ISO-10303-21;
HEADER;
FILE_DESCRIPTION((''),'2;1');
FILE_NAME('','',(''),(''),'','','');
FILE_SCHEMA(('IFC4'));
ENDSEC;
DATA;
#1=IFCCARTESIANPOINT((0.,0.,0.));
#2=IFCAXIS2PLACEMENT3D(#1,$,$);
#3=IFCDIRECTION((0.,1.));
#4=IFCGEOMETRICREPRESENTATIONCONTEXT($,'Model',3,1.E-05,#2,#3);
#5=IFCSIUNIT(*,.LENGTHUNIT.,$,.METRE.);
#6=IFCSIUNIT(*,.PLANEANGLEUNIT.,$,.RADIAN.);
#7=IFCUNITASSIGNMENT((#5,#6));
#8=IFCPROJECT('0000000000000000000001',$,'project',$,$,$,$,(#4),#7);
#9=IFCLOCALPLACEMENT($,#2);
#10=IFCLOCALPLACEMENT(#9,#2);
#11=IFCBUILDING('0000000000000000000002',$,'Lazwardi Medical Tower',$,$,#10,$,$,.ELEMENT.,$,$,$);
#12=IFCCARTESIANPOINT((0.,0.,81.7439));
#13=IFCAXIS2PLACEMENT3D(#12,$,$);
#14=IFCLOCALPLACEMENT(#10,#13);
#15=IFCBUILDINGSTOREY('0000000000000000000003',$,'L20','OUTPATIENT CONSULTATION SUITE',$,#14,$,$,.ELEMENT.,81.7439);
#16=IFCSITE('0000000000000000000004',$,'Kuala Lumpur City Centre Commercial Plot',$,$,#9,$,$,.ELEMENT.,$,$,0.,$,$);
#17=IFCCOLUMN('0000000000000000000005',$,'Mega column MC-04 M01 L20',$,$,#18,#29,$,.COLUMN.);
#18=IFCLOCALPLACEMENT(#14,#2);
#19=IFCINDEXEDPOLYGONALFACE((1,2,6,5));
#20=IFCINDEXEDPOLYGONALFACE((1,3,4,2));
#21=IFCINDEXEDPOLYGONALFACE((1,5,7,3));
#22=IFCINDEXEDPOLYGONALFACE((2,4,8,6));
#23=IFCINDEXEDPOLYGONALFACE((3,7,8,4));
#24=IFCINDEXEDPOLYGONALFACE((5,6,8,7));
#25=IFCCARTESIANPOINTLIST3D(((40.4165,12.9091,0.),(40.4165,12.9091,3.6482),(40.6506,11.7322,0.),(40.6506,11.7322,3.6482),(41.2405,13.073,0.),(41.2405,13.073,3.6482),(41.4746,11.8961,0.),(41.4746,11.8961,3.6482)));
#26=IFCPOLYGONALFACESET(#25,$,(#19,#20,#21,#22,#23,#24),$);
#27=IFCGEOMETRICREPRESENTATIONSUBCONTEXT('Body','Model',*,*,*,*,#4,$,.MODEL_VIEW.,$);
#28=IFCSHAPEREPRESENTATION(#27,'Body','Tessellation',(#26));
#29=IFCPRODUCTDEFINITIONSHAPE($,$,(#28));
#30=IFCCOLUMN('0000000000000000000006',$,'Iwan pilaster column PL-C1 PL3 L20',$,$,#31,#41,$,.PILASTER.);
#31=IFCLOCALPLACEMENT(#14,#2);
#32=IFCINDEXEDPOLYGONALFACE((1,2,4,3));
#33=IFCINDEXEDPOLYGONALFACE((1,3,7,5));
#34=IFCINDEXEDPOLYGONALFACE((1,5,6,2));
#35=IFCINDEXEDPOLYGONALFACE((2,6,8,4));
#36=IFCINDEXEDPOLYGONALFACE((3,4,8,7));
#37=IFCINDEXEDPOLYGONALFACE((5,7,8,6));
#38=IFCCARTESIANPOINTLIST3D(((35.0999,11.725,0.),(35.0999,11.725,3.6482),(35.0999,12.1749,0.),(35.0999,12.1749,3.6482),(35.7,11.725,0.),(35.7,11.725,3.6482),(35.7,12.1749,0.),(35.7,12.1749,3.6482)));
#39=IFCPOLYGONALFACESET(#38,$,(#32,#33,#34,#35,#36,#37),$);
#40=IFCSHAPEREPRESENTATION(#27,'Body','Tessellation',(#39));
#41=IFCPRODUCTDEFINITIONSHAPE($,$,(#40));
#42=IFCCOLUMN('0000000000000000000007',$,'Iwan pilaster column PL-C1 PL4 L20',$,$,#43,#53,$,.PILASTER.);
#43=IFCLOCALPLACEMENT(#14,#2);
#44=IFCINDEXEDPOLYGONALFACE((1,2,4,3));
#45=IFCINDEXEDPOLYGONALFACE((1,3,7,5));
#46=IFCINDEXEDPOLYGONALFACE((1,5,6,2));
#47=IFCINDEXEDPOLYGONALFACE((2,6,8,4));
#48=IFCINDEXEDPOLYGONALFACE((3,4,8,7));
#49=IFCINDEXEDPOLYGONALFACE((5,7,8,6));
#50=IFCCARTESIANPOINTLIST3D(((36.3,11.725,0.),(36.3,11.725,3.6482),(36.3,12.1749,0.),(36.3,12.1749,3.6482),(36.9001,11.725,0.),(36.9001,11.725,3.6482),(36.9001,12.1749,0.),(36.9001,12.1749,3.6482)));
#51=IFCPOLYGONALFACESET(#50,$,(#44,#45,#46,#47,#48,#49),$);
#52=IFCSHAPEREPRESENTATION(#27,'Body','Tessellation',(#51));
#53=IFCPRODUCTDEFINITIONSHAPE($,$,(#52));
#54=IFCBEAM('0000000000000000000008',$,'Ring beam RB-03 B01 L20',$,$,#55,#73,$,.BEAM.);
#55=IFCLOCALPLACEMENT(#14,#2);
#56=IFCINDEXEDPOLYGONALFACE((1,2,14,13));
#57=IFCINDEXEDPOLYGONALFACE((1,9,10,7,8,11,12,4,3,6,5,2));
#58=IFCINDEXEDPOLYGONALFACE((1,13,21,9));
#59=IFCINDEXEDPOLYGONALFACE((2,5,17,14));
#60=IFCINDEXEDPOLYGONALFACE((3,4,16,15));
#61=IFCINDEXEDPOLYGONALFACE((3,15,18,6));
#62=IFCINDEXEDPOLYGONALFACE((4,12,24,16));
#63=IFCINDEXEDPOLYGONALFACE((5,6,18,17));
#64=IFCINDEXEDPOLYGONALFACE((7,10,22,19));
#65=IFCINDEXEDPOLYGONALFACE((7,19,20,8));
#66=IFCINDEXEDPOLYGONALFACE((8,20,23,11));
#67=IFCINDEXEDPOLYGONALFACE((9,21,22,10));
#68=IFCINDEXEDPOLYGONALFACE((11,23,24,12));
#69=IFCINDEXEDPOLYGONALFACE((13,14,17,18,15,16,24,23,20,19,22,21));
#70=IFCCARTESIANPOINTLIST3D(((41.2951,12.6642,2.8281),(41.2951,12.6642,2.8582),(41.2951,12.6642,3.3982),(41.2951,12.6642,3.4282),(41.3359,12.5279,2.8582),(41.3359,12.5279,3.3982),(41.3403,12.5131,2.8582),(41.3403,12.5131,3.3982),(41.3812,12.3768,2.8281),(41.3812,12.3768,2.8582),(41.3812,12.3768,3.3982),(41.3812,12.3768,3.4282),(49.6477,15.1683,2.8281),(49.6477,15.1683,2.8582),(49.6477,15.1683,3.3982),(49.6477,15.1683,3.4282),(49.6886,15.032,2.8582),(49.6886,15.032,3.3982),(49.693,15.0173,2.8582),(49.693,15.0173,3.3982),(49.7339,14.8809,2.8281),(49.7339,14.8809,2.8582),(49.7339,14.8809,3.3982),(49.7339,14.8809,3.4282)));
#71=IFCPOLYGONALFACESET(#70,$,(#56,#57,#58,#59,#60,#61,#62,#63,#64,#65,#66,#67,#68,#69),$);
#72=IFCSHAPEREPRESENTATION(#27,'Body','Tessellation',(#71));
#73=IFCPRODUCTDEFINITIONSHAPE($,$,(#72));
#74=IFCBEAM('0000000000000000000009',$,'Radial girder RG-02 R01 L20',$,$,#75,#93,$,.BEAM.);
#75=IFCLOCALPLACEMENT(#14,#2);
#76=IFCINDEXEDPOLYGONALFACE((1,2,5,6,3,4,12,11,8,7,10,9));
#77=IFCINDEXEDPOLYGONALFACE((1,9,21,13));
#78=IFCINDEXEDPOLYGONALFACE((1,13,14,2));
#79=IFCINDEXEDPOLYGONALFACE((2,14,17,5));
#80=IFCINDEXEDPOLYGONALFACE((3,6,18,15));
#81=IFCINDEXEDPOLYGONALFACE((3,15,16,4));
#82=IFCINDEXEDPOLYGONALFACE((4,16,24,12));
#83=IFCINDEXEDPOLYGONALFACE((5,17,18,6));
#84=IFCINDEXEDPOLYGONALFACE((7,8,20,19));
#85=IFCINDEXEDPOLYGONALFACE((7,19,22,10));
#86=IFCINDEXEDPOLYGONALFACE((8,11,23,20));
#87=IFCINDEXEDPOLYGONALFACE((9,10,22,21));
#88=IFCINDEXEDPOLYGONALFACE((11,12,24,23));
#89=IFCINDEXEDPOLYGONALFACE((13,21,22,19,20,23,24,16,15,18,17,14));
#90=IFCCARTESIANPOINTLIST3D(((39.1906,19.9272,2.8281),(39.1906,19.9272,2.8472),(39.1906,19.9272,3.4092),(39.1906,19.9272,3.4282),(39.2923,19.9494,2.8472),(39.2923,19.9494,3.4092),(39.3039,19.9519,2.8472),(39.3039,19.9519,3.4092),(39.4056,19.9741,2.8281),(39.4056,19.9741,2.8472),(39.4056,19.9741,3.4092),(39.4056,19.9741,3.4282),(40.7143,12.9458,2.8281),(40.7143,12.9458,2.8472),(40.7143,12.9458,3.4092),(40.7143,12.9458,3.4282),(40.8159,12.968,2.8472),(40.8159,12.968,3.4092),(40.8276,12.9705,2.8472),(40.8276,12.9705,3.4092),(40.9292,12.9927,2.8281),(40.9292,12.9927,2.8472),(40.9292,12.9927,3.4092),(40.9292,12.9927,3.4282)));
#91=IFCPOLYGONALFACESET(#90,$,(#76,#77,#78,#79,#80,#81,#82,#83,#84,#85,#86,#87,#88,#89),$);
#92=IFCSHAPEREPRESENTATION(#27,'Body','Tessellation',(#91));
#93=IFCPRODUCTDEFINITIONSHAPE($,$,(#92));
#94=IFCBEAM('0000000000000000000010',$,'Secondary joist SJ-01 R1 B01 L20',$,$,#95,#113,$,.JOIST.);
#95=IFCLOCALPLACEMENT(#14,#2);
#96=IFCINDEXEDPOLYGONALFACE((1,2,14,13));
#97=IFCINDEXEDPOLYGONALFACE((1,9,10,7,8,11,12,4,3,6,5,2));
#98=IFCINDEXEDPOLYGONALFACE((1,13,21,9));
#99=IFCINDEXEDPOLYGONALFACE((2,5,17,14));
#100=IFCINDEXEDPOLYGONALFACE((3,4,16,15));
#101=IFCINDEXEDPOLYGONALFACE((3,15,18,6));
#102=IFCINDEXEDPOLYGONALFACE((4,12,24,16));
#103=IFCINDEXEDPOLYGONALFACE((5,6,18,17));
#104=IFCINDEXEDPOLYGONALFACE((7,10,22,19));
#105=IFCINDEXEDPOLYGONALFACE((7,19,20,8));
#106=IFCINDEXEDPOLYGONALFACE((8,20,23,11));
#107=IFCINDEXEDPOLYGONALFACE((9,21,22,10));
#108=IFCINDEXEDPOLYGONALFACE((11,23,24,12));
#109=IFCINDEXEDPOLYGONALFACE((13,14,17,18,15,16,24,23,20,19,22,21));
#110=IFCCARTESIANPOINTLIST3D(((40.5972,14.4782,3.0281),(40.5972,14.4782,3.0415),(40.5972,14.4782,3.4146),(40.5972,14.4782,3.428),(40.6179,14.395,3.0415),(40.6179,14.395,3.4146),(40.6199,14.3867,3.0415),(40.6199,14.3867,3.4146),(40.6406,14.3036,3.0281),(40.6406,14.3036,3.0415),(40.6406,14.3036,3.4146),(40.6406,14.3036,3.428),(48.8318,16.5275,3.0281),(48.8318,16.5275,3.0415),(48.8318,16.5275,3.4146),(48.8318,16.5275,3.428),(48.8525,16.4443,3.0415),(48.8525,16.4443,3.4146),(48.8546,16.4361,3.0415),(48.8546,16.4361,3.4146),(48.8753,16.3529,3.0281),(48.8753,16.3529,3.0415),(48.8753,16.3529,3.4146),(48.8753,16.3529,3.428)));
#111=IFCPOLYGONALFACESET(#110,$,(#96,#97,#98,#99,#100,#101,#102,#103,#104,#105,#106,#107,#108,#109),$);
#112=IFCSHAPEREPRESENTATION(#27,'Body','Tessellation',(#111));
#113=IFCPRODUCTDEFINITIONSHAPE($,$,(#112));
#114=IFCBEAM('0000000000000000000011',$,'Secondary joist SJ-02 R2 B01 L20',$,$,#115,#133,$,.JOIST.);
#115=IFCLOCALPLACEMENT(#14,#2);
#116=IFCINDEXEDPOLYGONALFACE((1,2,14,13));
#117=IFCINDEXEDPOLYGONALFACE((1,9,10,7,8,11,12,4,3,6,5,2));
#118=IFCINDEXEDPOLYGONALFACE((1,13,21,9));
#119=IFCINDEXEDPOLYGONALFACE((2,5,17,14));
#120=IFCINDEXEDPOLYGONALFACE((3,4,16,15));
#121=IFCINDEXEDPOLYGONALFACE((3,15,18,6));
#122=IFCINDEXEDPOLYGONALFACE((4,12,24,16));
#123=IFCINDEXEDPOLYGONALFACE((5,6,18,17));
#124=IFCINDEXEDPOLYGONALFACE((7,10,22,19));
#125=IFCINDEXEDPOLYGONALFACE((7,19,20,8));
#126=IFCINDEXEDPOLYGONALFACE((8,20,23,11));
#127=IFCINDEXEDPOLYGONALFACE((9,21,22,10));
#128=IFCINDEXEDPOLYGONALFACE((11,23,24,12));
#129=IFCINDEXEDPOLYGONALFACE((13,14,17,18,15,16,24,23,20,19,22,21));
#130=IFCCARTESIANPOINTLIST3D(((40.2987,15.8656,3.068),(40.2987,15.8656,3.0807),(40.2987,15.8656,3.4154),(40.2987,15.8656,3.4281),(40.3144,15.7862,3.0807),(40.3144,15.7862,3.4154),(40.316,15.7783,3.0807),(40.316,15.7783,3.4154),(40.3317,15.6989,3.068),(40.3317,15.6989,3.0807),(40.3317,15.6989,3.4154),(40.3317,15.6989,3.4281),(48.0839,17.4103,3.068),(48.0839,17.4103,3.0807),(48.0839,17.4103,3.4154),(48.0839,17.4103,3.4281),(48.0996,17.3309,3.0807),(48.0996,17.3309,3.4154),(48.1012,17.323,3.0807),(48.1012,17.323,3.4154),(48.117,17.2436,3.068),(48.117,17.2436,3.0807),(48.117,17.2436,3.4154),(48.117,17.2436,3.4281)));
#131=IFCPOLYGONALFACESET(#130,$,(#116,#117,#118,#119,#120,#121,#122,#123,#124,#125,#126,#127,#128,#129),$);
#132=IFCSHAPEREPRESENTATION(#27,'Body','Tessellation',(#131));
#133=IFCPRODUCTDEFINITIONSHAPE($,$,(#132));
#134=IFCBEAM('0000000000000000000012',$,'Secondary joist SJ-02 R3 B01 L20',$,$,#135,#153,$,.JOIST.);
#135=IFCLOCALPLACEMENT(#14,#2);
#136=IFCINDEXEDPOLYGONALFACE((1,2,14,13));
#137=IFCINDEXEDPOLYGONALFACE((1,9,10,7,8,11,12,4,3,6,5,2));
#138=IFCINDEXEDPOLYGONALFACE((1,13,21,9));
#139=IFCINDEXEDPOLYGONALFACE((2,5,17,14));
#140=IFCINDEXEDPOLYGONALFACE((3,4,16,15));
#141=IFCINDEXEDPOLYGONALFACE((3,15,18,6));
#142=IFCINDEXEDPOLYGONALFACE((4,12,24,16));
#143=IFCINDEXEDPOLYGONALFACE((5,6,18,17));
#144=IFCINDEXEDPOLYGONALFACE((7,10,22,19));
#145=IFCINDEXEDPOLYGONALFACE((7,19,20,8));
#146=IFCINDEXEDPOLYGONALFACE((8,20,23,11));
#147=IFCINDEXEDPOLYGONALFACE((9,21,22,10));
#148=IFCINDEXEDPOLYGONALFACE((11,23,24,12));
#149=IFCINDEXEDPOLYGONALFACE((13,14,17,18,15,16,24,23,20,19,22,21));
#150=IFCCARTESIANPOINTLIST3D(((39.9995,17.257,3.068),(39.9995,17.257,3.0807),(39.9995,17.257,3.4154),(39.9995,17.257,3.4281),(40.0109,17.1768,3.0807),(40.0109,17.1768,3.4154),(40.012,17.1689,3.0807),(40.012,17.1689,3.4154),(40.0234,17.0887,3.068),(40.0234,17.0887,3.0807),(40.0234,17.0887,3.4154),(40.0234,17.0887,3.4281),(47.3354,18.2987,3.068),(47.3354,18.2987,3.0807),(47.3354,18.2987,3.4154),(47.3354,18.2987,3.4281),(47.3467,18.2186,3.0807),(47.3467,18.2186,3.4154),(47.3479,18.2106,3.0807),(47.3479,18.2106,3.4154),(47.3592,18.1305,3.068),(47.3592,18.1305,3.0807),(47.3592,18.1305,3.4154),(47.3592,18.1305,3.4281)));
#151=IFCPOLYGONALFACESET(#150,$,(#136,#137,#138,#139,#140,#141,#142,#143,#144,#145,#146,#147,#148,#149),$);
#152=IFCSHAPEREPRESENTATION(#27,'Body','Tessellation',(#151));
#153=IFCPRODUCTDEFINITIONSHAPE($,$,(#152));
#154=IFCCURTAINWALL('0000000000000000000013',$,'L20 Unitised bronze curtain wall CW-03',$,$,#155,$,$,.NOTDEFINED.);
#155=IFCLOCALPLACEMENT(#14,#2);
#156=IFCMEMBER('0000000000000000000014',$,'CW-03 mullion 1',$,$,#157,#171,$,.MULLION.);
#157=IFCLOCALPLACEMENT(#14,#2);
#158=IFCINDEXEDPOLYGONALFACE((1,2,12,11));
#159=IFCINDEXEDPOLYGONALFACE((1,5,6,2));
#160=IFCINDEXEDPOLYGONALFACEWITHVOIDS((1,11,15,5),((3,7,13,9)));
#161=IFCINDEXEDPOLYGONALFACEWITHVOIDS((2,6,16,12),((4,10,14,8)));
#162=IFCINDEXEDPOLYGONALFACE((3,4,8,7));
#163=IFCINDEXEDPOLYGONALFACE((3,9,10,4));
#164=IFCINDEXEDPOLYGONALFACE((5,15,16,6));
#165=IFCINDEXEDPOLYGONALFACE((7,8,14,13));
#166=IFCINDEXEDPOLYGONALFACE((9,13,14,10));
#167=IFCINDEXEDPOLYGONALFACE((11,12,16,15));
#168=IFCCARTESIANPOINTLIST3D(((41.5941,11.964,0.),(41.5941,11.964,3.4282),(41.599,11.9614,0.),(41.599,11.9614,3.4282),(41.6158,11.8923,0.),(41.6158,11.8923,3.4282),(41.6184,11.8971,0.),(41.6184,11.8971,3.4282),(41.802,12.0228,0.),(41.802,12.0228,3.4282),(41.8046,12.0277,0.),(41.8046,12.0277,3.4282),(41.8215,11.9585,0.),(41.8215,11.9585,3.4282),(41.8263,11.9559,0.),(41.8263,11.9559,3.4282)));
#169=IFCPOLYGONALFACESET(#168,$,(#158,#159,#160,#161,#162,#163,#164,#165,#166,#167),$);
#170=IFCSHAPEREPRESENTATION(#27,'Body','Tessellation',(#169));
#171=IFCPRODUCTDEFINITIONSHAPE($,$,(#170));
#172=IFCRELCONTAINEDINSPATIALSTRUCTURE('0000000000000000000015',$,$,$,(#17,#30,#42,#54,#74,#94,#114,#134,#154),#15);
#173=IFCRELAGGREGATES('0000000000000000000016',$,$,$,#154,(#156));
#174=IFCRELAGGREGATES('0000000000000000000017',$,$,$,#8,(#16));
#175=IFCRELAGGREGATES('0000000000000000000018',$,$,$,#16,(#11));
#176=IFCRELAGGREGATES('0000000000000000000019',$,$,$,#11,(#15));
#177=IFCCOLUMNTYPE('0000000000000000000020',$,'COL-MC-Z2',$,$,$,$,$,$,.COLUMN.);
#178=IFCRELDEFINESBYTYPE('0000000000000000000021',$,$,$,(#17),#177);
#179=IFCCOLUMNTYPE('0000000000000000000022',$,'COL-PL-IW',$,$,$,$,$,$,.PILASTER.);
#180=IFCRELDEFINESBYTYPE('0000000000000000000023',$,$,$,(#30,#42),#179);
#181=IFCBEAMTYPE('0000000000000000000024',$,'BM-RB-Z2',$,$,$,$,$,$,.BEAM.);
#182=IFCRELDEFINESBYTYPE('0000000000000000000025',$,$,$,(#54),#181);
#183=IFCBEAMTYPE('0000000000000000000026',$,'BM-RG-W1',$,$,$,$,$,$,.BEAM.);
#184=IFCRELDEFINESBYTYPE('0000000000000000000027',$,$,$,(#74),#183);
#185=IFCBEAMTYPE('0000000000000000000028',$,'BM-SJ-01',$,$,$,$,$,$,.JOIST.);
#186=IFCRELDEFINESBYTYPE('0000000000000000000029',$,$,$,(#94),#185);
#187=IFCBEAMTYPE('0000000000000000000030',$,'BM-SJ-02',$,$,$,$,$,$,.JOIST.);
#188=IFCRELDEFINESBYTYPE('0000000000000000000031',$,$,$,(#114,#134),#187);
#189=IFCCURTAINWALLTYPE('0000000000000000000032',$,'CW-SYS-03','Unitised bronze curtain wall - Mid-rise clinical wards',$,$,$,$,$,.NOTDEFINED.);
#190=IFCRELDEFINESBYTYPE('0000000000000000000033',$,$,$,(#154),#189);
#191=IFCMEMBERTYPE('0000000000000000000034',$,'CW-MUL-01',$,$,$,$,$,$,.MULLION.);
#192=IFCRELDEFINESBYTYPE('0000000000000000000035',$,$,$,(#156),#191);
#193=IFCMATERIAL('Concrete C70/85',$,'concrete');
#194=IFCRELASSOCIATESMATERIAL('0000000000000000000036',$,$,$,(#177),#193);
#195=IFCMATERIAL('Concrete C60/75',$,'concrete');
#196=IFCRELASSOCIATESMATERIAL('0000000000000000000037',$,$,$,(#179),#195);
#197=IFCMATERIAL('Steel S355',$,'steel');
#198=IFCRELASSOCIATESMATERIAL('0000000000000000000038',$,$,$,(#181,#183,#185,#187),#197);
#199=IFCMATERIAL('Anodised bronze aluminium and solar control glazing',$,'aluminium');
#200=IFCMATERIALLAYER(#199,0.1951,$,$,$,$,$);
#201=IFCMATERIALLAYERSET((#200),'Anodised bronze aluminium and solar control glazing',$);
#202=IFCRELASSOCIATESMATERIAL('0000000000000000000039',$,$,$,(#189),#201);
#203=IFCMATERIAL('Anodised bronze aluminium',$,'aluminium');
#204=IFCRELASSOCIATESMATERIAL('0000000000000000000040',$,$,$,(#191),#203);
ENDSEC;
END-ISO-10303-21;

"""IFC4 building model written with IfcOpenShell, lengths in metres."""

from ifc_helpers import new_model, si_unit, direction, frame, origin, origin_2d, place, context, subcontext, project, spatial, rectangle, hollow_rectangle, i_section, extrude, material, layer, layer_set, material_profile, profile_set, type_object, element, aggregate, save


model = new_model("IFC4")

# Units and contexts
model_context = context("Model", 3, precision=1e-05, world=origin(), true_north=direction((0.0, 1.0)))
body_context = subcontext(model_context, "Body", "Model", "MODEL_VIEW")
ifc_project = project(units=[si_unit("LENGTHUNIT", "METRE"), si_unit("PLANEANGLEUNIT", "RADIAN")], contexts=[model_context])

# Site, building, storey
site_placement = place(None, origin())
site = spatial("IfcSite", under=ifc_project, at=site_placement, Name="Kuala Lumpur City Centre Commercial Plot", CompositionType="ELEMENT", RefElevation=0.0)
building_placement = place(site_placement, origin())
building = spatial("IfcBuilding", under=site, at=building_placement, Name="Lazwardi Medical Tower", CompositionType="ELEMENT")
storey_placement = place(building_placement, frame((0.0, 0.0, 81.7439)))
storey = spatial("IfcBuildingStorey", under=building, at=storey_placement, Name="L20", Description="OUTPATIENT CONSULTATION SUITE", CompositionType="ELEMENT", Elevation=81.7439)

# Columns
ifc_material_1 = material(Name="Concrete C70/85", Category="concrete")
ifc_material_profile_1 = material_profile(ifc_material_1, rectangle(XDim=1.2, YDim=0.8401, at=origin_2d()), Name="CFT-RECT 1200x840")
ifc_profile_set_1 = profile_set([ifc_material_profile_1], Name="Concrete C70/85")
column_type_1 = type_object("IfcColumnType", Name="COL-MC-Z2", PredefinedType="COLUMN", material=ifc_profile_set_1)
column_placement = place(storey_placement, frame((40.9456, 12.4026, 0.0), z_axis=(0.0, 0.0, 1.0), x_axis=(0.19509, -0.980785, 0.0)))
element("IfcColumn", 1, at=column_placement, inside=storey, type_object=column_type_1, Name="Mega column MC-04 M01 L20", PredefinedType="COLUMN", context=body_context, shape_type="SweptSolid", body=[
    extrude(rectangle(XDim=1.2, YDim=0.8401, at=origin_2d()), origin(), (0.0, 0.0, 1.0), 3.6482),
])
ifc_material_2 = material(Name="Concrete C60/75", Category="concrete")
ifc_material_profile_2 = material_profile(ifc_material_2, rectangle(XDim=0.6001, YDim=0.45, at=origin_2d()), Name="RC 600x450")
ifc_profile_set_2 = profile_set([ifc_material_profile_2], Name="Concrete C60/75")
column_type_2 = type_object("IfcColumnType", Name="COL-PL-IW", PredefinedType="PILASTER", material=ifc_profile_set_2)
for number, where, z_axis, x_axis, name in (
    (2, (35.3999, 11.95, 0.0), (0.0, 0.0, 1.0), (1.0, 0.0, 0.0), "Iwan pilaster column PL-C1 PL3 L20"),
    (3, (36.6001, 11.95, 0.0), (0.0, 0.0, 1.0), (1.0, 0.0, 0.0), "Iwan pilaster column PL-C1 PL4 L20"),
):
    element("IfcColumn", number, at=place(storey_placement, frame(where, z_axis=z_axis, x_axis=x_axis)), inside=storey, type_object=column_type_2, Name=name, PredefinedType="PILASTER", context=body_context, shape_type="SweptSolid", body=[
        extrude(rectangle(XDim=0.6001, YDim=0.45, at=origin_2d()), origin(), (0.0, 0.0, 1.0), 3.6482),
    ])

# Beams
ifc_material_3 = material(Name="Steel S355", Category="steel")
ifc_material_profile_3 = material_profile(ifc_material_3, i_section(OverallWidth=0.3, OverallDepth=0.6001, WebThickness=0.0154, FlangeThickness=0.03, at=origin_2d()), Name="HEB 600")
ifc_profile_set_3 = profile_set([ifc_material_profile_3], Name="Steel S355")
beam_type_1 = type_object("IfcBeamType", Name="BM-RB-Z2", PredefinedType="BEAM", material=ifc_profile_set_3)
beam_1_placement = place(storey_placement, frame((41.3381, 12.5205, 3.1282), z_axis=(0.957879, 0.287171, 0.0), x_axis=(-0.287171, 0.957879, 0.0)))
element("IfcBeam", 4, at=beam_1_placement, inside=storey, type_object=beam_type_1, Name="Ring beam RB-03 B01 L20", PredefinedType="BEAM", context=body_context, shape_type="SweptSolid", body=[
    extrude(i_section(OverallWidth=0.3, OverallDepth=0.6001, WebThickness=0.0154, FlangeThickness=0.03, at=origin_2d()), origin(), (0.0, 0.0, 1.0), 8.72),
])
ifc_material_profile_4 = material_profile(ifc_material_3, i_section(OverallWidth=0.22, OverallDepth=0.6001, WebThickness=0.012, FlangeThickness=0.019, at=origin_2d()), Name="IPE 600")
ifc_profile_set_4 = profile_set([ifc_material_profile_4], Name="Steel S355")
beam_type_2 = type_object("IfcBeamType", Name="BM-RG-W1", PredefinedType="BEAM", material=ifc_profile_set_4)
beam_2_placement = place(storey_placement, frame((40.8218, 12.9692, 3.1282), z_axis=(-0.213228, 0.977002, 0.0), x_axis=(-0.977002, -0.213228, 0.0)))
element("IfcBeam", 5, at=beam_2_placement, inside=storey, type_object=beam_type_2, Name="Radial girder RG-02 R01 L20", PredefinedType="BEAM", context=body_context, shape_type="SweptSolid", body=[
    extrude(i_section(OverallWidth=0.22, OverallDepth=0.6001, WebThickness=0.012, FlangeThickness=0.019, at=origin_2d()), origin(), (0.0, 0.0, 1.0), 7.1458),
])
ifc_material_profile_5 = material_profile(ifc_material_3, i_section(OverallWidth=0.1799, OverallDepth=0.3999, WebThickness=0.0085, FlangeThickness=0.0134, at=origin_2d()), Name="IPE 400")
ifc_profile_set_5 = profile_set([ifc_material_profile_5], Name="Steel S355")
beam_type_3 = type_object("IfcBeamType", Name="BM-SJ-01", PredefinedType="JOIST", material=ifc_profile_set_5)
beam_3_placement = place(storey_placement, frame((40.6189, 14.3909, 3.228), z_axis=(0.970401, 0.2415, 0.0), x_axis=(-0.2415, 0.970401, 0.0)))
element("IfcBeam", 6, at=beam_3_placement, inside=storey, type_object=beam_type_3, Name="Secondary joist SJ-01 R1 B01 L20", PredefinedType="JOIST", context=body_context, shape_type="SweptSolid", body=[
    extrude(i_section(OverallWidth=0.1799, OverallDepth=0.3999, WebThickness=0.0085, FlangeThickness=0.0134, at=origin_2d()), origin(), (0.0, 0.0, 1.0), 8.4858),
])
ifc_material_profile_6 = material_profile(ifc_material_3, i_section(OverallWidth=0.1699, OverallDepth=0.3601, WebThickness=0.0081, FlangeThickness=0.0127, at=origin_2d()), Name="IPE 360")
ifc_profile_set_6 = profile_set([ifc_material_profile_6], Name="Steel S355")
beam_type_4 = type_object("IfcBeamType", Name="BM-SJ-02", PredefinedType="JOIST", material=ifc_profile_set_6)
beam_4_placement = place(storey_placement, frame((40.3152, 15.7822, 3.248), z_axis=(0.980879, 0.194619, 0.0), x_axis=(-0.194619, 0.980879, 0.0)))
element("IfcBeam", 7, at=beam_4_placement, inside=storey, type_object=beam_type_4, Name="Secondary joist SJ-02 R2 B01 L20", PredefinedType="JOIST", context=body_context, shape_type="SweptSolid", body=[
    extrude(i_section(OverallWidth=0.1699, OverallDepth=0.3601, WebThickness=0.0081, FlangeThickness=0.0127, at=origin_2d()), origin(), (0.0, 0.0, 1.0), 7.937),
])
beam_5_placement = place(storey_placement, frame((40.0115, 17.1729, 3.248), z_axis=(0.990067, 0.140596, 0.0), x_axis=(-0.140596, 0.990067, 0.0)))
element("IfcBeam", 8, at=beam_5_placement, inside=storey, type_object=beam_type_4, Name="Secondary joist SJ-02 R3 B01 L20", PredefinedType="JOIST", context=body_context, shape_type="SweptSolid", body=[
    extrude(i_section(OverallWidth=0.1699, OverallDepth=0.3601, WebThickness=0.0081, FlangeThickness=0.0127, at=origin_2d()), origin(), (0.0, 0.0, 1.0), 7.4094),
])

# Curtain wall, member
ifc_material_4 = material(Name="Anodised bronze aluminium and solar control glazing", Category="aluminium")
ifc_layer_1 = layer(ifc_material_4, 0.1951)
ifc_layer_set_1 = layer_set([ifc_layer_1], Name="Anodised bronze aluminium and solar control glazing")
curtain_wall_type = type_object("IfcCurtainWallType", Name="CW-SYS-03", Description="Unitised bronze curtain wall - Mid-rise clinical wards", PredefinedType="NOTDEFINED", material=ifc_layer_set_1)
curtain_wall_placement = place(storey_placement, origin())
curtain_wall = element("IfcCurtainWall", 9, at=curtain_wall_placement, inside=storey, type_object=curtain_wall_type, Name="L20 Unitised bronze curtain wall CW-03", PredefinedType="NOTDEFINED")
ifc_material_5 = material(Name="Anodised bronze aluminium", Category="aluminium")
ifc_material_profile_7 = material_profile(ifc_material_5, hollow_rectangle(XDim=0.075, YDim=0.22, WallThickness=0.0039, at=origin_2d()), Name="ALU-MULLION 220x75x4")
ifc_profile_set_7 = profile_set([ifc_material_profile_7], Name="Anodised bronze aluminium")
member_type_1 = type_object("IfcMemberType", Name="CW-MUL-01", PredefinedType="MULLION", material=ifc_profile_set_7)
member_1_placement = place(storey_placement, frame((41.7102, 11.96, 0.0), z_axis=(0.0, 0.0, 1.0), x_axis=(-0.289374, 0.957216, 0.0)))
member_1 = element("IfcMember", 10, at=member_1_placement, type_object=member_type_1, Name="CW-03 mullion 1", PredefinedType="MULLION", context=body_context, shape_type="SweptSolid", body=[
    extrude(hollow_rectangle(XDim=0.075, YDim=0.22, WallThickness=0.0039, at=origin_2d()), origin(), (0.0, 0.0, 1.0), 3.4282),
])
aggregate(curtain_wall, [member_1])

save(model, "model.ifc")
